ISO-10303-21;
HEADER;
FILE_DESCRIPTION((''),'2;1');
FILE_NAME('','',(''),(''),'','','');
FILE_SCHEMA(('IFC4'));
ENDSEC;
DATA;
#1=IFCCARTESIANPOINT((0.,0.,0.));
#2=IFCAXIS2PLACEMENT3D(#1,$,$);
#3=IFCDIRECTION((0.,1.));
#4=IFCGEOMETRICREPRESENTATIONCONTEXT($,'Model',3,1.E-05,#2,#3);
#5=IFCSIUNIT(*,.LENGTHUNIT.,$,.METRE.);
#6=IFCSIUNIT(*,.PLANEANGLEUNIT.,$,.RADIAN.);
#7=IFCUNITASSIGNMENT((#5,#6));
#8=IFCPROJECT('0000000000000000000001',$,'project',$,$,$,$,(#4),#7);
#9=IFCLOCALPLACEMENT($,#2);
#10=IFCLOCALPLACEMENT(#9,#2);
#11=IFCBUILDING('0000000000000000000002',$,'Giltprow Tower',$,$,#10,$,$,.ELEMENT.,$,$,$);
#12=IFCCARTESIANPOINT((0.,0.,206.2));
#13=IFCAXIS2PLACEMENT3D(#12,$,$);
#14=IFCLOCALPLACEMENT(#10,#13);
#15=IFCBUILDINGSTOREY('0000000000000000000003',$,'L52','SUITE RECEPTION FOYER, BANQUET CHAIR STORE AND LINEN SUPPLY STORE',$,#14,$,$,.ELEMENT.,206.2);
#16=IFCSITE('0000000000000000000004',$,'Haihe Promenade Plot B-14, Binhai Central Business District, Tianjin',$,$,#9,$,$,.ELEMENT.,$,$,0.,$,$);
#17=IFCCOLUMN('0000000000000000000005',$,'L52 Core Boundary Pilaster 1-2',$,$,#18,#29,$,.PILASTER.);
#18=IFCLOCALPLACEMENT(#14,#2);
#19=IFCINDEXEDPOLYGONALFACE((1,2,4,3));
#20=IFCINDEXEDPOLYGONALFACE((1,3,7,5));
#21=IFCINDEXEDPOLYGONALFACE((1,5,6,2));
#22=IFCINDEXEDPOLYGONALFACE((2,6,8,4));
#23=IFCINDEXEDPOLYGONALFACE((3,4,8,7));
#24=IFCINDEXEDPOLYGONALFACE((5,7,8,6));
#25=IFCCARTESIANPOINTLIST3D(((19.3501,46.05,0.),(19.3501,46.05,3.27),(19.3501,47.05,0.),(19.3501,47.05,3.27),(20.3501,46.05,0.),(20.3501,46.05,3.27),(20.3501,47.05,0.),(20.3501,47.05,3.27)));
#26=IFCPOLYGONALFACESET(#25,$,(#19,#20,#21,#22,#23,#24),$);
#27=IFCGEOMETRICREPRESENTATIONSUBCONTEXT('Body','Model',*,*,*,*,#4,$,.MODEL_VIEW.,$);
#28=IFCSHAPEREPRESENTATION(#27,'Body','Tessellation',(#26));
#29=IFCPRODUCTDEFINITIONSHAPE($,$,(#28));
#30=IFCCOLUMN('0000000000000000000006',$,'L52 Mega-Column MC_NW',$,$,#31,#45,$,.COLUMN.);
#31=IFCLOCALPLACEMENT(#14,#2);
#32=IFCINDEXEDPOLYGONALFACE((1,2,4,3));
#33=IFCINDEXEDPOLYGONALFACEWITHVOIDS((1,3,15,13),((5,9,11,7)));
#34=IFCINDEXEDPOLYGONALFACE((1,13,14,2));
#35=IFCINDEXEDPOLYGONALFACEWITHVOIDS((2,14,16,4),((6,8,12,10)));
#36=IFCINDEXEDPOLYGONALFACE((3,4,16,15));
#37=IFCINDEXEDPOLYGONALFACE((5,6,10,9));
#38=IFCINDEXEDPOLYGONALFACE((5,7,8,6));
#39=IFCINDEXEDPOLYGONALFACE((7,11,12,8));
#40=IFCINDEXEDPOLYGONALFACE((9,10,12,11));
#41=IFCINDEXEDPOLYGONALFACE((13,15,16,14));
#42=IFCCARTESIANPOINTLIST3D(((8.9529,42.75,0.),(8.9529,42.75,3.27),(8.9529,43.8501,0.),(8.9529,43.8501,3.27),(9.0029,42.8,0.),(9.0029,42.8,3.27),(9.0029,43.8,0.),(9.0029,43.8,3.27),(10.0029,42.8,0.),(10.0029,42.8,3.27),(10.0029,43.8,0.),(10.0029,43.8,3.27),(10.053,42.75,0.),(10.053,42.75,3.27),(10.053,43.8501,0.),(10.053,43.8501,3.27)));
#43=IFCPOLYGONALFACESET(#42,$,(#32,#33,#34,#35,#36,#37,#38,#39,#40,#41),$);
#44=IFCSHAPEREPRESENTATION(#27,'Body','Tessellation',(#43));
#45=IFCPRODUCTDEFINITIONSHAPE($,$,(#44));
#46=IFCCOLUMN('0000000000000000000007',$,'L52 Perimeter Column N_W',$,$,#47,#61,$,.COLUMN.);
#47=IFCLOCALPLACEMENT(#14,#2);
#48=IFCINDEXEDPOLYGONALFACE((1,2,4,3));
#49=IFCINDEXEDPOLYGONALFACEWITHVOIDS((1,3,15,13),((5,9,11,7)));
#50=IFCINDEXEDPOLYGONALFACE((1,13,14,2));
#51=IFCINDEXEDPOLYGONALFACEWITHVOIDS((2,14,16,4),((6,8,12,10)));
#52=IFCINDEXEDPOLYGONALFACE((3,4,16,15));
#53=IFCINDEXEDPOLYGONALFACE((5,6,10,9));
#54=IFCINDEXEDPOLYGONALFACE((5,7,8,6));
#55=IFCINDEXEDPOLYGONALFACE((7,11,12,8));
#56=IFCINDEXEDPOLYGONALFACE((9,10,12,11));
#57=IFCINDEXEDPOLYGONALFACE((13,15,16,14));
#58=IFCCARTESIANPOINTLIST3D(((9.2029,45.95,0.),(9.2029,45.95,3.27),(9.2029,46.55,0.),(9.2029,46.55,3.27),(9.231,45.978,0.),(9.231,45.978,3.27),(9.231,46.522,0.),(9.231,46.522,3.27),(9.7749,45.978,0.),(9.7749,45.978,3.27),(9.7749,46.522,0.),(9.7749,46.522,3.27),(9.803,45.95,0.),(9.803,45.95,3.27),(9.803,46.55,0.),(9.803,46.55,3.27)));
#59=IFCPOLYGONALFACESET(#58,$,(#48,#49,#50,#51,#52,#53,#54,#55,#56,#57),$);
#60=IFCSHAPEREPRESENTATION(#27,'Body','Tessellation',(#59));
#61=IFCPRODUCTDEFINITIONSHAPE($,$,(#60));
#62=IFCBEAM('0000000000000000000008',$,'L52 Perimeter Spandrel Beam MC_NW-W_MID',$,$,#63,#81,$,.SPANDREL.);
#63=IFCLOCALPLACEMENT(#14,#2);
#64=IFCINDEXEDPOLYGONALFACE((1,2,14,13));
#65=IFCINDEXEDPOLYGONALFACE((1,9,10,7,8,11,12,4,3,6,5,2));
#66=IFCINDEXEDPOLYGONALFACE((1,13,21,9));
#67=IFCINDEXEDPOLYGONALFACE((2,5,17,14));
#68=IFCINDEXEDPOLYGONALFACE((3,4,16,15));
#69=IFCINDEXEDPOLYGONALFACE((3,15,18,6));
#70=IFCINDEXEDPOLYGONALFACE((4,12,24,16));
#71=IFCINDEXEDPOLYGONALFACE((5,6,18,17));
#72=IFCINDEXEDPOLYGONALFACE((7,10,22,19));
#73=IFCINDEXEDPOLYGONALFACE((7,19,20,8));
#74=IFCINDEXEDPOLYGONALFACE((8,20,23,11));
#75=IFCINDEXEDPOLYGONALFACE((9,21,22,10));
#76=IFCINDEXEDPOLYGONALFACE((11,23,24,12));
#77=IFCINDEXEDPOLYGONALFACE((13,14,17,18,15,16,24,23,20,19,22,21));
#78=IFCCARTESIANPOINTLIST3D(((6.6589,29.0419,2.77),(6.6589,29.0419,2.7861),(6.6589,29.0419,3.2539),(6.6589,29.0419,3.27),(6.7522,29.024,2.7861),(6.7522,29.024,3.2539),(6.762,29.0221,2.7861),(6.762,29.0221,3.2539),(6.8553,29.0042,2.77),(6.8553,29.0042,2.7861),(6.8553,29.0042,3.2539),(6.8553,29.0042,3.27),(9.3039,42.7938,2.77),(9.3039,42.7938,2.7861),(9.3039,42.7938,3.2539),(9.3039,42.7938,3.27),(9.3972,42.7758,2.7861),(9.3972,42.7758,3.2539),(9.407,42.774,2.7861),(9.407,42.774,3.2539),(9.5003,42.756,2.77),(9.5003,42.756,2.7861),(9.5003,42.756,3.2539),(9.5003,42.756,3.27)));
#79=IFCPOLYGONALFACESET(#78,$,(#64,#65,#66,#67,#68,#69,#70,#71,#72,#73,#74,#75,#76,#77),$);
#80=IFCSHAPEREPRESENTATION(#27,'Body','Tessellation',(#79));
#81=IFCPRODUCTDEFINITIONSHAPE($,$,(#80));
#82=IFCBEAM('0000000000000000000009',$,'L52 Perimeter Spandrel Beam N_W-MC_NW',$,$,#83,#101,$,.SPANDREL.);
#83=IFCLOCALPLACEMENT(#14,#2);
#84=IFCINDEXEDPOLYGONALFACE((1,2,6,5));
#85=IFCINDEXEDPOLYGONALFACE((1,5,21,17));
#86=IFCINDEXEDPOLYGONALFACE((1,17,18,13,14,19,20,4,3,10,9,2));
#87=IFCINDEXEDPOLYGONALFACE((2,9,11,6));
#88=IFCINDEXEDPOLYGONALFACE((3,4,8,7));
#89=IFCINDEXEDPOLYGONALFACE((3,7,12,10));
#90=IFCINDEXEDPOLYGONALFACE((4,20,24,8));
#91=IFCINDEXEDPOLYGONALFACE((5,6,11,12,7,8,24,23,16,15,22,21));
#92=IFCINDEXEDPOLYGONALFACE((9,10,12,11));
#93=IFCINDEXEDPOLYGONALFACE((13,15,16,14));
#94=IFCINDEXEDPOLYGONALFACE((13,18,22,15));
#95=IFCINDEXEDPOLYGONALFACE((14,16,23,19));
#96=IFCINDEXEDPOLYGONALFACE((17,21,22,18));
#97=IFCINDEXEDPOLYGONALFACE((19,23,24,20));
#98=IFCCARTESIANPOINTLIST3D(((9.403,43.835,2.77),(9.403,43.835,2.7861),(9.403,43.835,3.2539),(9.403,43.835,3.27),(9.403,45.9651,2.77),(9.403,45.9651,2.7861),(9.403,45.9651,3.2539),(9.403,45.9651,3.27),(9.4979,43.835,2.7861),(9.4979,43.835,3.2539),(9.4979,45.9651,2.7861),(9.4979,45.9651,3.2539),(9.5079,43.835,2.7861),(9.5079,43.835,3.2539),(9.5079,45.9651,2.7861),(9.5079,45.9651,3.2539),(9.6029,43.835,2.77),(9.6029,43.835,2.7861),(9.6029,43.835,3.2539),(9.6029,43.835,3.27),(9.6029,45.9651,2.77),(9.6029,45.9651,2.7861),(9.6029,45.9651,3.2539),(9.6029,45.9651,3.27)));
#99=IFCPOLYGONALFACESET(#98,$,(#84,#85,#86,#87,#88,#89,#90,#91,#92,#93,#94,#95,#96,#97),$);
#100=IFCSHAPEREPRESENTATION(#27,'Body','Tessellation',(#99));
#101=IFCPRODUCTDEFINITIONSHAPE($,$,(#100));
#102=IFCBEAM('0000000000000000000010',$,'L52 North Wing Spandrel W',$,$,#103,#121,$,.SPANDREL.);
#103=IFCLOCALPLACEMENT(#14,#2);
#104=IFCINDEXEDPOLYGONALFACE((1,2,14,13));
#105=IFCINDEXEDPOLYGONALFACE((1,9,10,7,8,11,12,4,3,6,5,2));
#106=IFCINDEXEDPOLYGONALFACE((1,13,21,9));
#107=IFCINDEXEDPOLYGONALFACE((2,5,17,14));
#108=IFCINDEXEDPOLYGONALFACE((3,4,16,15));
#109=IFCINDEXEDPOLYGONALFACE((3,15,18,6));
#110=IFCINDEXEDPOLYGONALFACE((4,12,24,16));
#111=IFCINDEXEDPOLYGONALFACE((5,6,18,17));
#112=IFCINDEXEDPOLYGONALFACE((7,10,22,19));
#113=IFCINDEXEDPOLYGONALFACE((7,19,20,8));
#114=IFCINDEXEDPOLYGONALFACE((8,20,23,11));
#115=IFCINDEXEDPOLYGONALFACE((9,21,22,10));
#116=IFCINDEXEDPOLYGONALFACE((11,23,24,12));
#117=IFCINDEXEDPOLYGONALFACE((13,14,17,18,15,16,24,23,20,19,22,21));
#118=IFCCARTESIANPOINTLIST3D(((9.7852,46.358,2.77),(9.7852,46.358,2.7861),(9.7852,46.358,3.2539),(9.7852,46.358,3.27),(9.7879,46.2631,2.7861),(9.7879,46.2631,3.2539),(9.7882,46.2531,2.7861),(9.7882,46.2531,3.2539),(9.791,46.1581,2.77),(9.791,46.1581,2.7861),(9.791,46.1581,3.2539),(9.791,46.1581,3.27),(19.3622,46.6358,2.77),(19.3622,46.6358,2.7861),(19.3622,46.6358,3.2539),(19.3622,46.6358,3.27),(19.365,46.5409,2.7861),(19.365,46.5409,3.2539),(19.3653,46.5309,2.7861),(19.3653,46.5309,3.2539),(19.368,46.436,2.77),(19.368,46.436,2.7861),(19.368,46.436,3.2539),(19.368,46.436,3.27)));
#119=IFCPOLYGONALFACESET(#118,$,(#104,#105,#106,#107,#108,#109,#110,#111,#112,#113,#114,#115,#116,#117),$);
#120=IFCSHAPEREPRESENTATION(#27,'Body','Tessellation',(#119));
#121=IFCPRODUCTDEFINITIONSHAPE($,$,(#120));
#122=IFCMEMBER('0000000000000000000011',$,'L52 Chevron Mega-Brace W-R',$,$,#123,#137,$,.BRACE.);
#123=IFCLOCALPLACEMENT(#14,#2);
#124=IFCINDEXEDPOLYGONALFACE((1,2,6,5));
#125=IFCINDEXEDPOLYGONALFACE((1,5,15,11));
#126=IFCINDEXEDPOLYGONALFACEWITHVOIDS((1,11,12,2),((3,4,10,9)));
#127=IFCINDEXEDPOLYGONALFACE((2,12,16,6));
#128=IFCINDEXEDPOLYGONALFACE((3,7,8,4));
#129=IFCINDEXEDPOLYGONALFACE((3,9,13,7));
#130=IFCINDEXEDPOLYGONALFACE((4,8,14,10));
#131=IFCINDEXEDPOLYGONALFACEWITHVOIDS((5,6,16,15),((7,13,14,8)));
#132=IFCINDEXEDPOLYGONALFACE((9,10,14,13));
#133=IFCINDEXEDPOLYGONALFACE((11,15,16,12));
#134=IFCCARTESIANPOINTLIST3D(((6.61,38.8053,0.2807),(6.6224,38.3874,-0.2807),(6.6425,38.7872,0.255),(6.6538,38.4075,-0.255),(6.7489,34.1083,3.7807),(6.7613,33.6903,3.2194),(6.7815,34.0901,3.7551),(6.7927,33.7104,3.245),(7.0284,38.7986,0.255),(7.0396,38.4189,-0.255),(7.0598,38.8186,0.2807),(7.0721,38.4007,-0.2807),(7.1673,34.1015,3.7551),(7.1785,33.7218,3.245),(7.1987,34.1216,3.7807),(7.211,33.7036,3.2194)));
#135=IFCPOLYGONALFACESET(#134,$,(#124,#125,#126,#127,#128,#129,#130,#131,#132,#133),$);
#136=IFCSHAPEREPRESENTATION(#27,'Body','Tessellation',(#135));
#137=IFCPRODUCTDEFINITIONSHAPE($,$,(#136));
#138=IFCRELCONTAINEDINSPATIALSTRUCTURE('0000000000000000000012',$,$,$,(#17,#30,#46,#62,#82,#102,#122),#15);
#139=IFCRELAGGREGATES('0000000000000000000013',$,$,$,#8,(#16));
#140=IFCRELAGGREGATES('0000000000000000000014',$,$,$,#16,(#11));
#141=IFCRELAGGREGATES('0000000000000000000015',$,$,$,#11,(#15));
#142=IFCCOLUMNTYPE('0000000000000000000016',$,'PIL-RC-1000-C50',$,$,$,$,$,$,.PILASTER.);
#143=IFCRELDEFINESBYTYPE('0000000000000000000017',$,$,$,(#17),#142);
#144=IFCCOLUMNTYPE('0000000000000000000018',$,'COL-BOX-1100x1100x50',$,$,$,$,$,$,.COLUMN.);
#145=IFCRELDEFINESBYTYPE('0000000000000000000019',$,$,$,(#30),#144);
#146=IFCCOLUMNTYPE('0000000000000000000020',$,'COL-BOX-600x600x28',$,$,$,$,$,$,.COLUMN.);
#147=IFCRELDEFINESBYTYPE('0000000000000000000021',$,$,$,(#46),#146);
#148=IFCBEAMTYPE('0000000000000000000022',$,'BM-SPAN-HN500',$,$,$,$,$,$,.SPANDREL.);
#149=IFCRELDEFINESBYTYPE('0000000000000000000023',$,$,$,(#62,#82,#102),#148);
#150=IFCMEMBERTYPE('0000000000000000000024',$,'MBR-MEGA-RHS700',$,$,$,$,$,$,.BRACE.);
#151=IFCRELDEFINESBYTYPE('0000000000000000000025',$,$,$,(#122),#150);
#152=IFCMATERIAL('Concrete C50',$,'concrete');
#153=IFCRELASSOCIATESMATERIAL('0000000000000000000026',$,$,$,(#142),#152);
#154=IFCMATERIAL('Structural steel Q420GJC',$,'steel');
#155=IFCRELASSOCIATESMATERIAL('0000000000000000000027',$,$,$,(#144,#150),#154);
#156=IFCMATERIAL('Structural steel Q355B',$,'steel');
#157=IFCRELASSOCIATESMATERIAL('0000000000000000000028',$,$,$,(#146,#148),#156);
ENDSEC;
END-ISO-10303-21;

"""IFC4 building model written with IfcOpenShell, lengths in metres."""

from ifc_helpers import new_model, si_unit, direction, frame, origin, origin_2d, place, context, subcontext, project, spatial, rectangle, hollow_rectangle, i_section, extrude, source, transform, mapped, material, material_profile, profile_set, type_object, element, save


model = new_model("IFC4")

# Units and contexts
model_context = context("Model", 3, precision=1e-05, world=origin(), true_north=direction((0.0, 1.0)))
body_context = subcontext(model_context, "Body", "Model", "MODEL_VIEW")
ifc_project = project(units=[si_unit("LENGTHUNIT", "METRE"), si_unit("PLANEANGLEUNIT", "RADIAN")], contexts=[model_context])

# Site, building, storey
site_placement = place(None, origin())
site = spatial("IfcSite", under=ifc_project, at=site_placement, Name="Haihe Promenade Plot B-14, Binhai Central Business District, Tianjin", CompositionType="ELEMENT", RefElevation=0.0)
building_placement = place(site_placement, origin())
building = spatial("IfcBuilding", under=site, at=building_placement, Name="Giltprow Tower", CompositionType="ELEMENT")
storey_placement = place(building_placement, frame((0.0, 0.0, 206.2)))
storey = spatial("IfcBuildingStorey", under=building, at=storey_placement, Name="L52", Description="SUITE RECEPTION FOYER, BANQUET CHAIR STORE AND LINEN SUPPLY STORE", CompositionType="ELEMENT", Elevation=206.2)

# Columns
ifc_material_1 = material(Name="Concrete C50", Category="concrete")
ifc_material_profile_1 = material_profile(ifc_material_1, rectangle(XDim=1.0, YDim=1.0, at=origin_2d()), Name="RC 1000x1000")
ifc_profile_set_1 = profile_set([ifc_material_profile_1], Name="Concrete C50")
column_type_1 = type_object("IfcColumnType", Name="PIL-RC-1000-C50", PredefinedType="PILASTER", material=ifc_profile_set_1)
shared_shape_1 = source(origin(), body_context, "Body", "SweptSolid", [
    extrude(rectangle(XDim=1.0, YDim=1.0, at=origin_2d()), origin(), (0.0, 0.0, 1.0), 3.27),
])
column_1_placement = place(storey_placement, frame((19.8501, 46.55, 0.0), z_axis=(0.0, 0.0, 1.0), x_axis=(1.0, 0.0, 0.0)))
element("IfcColumn", 1, at=column_1_placement, inside=storey, type_object=column_type_1, Name="L52 Core Boundary Pilaster 1-2", PredefinedType="PILASTER", context=body_context, shape_type="MappedRepresentation", body=[
    mapped(shared_shape_1, transform((0.0, 0.0, 0.0), x_axis=(1.0, 0.0, 0.0), y_axis=(0.0, 1.0, 0.0), z_axis=(0.0, 0.0, 1.0), scale=1.0)),
])
ifc_material_2 = material(Name="Structural steel Q420GJC", Category="steel")
ifc_material_profile_2 = material_profile(ifc_material_2, hollow_rectangle(XDim=1.1001, YDim=1.1001, WallThickness=0.05, at=origin_2d()), Name="BOX 1100x1100x50")
ifc_profile_set_2 = profile_set([ifc_material_profile_2], Name="Structural steel Q420GJC")
column_type_2 = type_object("IfcColumnType", Name="COL-BOX-1100x1100x50", PredefinedType="COLUMN", material=ifc_profile_set_2)
shared_shape_2 = source(origin(), body_context, "Body", "SweptSolid", [
    extrude(hollow_rectangle(XDim=1.1001, YDim=1.1001, WallThickness=0.05, at=origin_2d()), origin(), (0.0, 0.0, 1.0), 3.27),
])
column_2_placement = place(storey_placement, frame((9.5029, 43.3, 0.0), z_axis=(0.0, 0.0, 1.0), x_axis=(1.0, 0.0, 0.0)))
element("IfcColumn", 2, at=column_2_placement, inside=storey, type_object=column_type_2, Name="L52 Mega-Column MC_NW", PredefinedType="COLUMN", context=body_context, shape_type="MappedRepresentation", body=[
    mapped(shared_shape_2, transform((0.0, 0.0, 0.0), x_axis=(1.0, 0.0, 0.0), y_axis=(0.0, 1.0, 0.0), z_axis=(0.0, 0.0, 1.0), scale=1.0)),
])
ifc_material_3 = material(Name="Structural steel Q355B", Category="steel")
ifc_material_profile_3 = material_profile(ifc_material_3, hollow_rectangle(XDim=0.6001, YDim=0.6001, WallThickness=0.0281, at=origin_2d()), Name="BOX 600x600x28")
ifc_profile_set_3 = profile_set([ifc_material_profile_3], Name="Structural steel Q355B")
column_type_3 = type_object("IfcColumnType", Name="COL-BOX-600x600x28", PredefinedType="COLUMN", material=ifc_profile_set_3)
shared_shape_3 = source(origin(), body_context, "Body", "SweptSolid", [
    extrude(hollow_rectangle(XDim=0.6001, YDim=0.6001, WallThickness=0.0281, at=origin_2d()), origin(), (0.0, 0.0, 1.0), 3.27),
])
column_3_placement = place(storey_placement, frame((9.5029, 46.25, 0.0), z_axis=(0.0, 0.0, 1.0), x_axis=(1.0, 0.0, 0.0)))
element("IfcColumn", 3, at=column_3_placement, inside=storey, type_object=column_type_3, Name="L52 Perimeter Column N_W", PredefinedType="COLUMN", context=body_context, shape_type="MappedRepresentation", body=[
    mapped(shared_shape_3, transform((0.0, 0.0, 0.0), x_axis=(1.0, 0.0, 0.0), y_axis=(0.0, 1.0, 0.0), z_axis=(0.0, 0.0, 1.0), scale=1.0)),
])

# Beams
ifc_material_profile_4 = material_profile(ifc_material_3, i_section(OverallWidth=0.2, OverallDepth=0.5, WebThickness=0.01, FlangeThickness=0.0161, at=origin_2d()), Name="HN 500x200x10x16")
ifc_profile_set_4 = profile_set([ifc_material_profile_4], Name="Structural steel Q355B")
beam_type = type_object("IfcBeamType", Name="BM-SPAN-HN500", PredefinedType="SPANDREL", material=ifc_profile_set_4)
shared_shape_4 = source(origin(), body_context, "Body", "SweptSolid", [
    extrude(i_section(OverallWidth=0.2, OverallDepth=0.5, WebThickness=0.01, FlangeThickness=0.0161, at=origin_2d()), origin(), (0.0, 0.0, 1.0), 14.0039),
])
beam_1_placement = place(storey_placement, frame((9.4021, 42.7749, 3.02), z_axis=(-0.188876, -0.982001, 0.0), x_axis=(0.982001, -0.188876, 0.0)))
element("IfcBeam", 4, at=beam_1_placement, inside=storey, type_object=beam_type, Name="L52 Perimeter Spandrel Beam MC_NW-W_MID", PredefinedType="SPANDREL", context=body_context, shape_type="MappedRepresentation", body=[
    mapped(shared_shape_4, transform((0.0, 0.0, 0.0), x_axis=(1.0, 0.0, 0.0), y_axis=(0.0, 1.0, 0.0), z_axis=(0.0, 0.0, 1.0), scale=1.0)),
])
shared_shape_5 = source(origin(), body_context, "Body", "SweptSolid", [
    extrude(i_section(OverallWidth=0.2, OverallDepth=0.5, WebThickness=0.01, FlangeThickness=0.0161, at=origin_2d()), origin(), (0.0, 0.0, 1.0), 2.1301),
])
beam_2_placement = place(storey_placement, frame((9.5029, 45.9651, 3.02), z_axis=(0.0, -1.0, 0.0), x_axis=(1.0, 0.0, 0.0)))
element("IfcBeam", 5, at=beam_2_placement, inside=storey, type_object=beam_type, Name="L52 Perimeter Spandrel Beam N_W-MC_NW", PredefinedType="SPANDREL", context=body_context, shape_type="MappedRepresentation", body=[
    mapped(shared_shape_5, transform((0.0, 0.0, 0.0), x_axis=(1.0, 0.0, 0.0), y_axis=(0.0, 1.0, 0.0), z_axis=(0.0, 0.0, 1.0), scale=1.0)),
])
shared_shape_6 = source(origin(), body_context, "Body", "SweptSolid", [
    extrude(i_section(OverallWidth=0.2, OverallDepth=0.5, WebThickness=0.01, FlangeThickness=0.0161, at=origin_2d()), origin(), (0.0, 0.0, 1.0), 9.5811),
])
beam_3_placement = place(storey_placement, frame((9.7881, 46.2581, 3.02), z_axis=(0.999579, 0.028998, 0.0), x_axis=(-0.028998, 0.999579, 0.0)))
element("IfcBeam", 6, at=beam_3_placement, inside=storey, type_object=beam_type, Name="L52 North Wing Spandrel W", PredefinedType="SPANDREL", context=body_context, shape_type="MappedRepresentation", body=[
    mapped(shared_shape_6, transform((0.0, 0.0, 0.0), x_axis=(1.0, 0.0, 0.0), y_axis=(0.0, 1.0, 0.0), z_axis=(0.0, 0.0, 1.0), scale=1.0)),
])

# Member
ifc_material_profile_5 = material_profile(ifc_material_2, hollow_rectangle(XDim=0.45, YDim=0.7, WallThickness=0.032, at=origin_2d()), Name="RHS 700x450x32")
ifc_profile_set_5 = profile_set([ifc_material_profile_5], Name="Structural steel Q420GJC")
member_type = type_object("IfcMemberType", Name="MBR-MEGA-RHS700", PredefinedType="BRACE", material=ifc_profile_set_5)
shared_shape_7 = source(origin(), body_context, "Body", "SweptSolid", [
    extrude(hollow_rectangle(XDim=0.45, YDim=0.7, WallThickness=0.032, at=origin_2d()), origin(), (0.0, 0.0, 1.0), 5.8594),
])
member_placement = place(storey_placement, frame((6.8411, 38.603, 0.0), z_axis=(0.023709, -0.801636, 0.597342), x_axis=(0.999563, 0.029562, 0.0)))
element("IfcMember", 7, at=member_placement, inside=storey, type_object=member_type, Name="L52 Chevron Mega-Brace W-R", PredefinedType="BRACE", context=body_context, shape_type="MappedRepresentation", body=[
    mapped(shared_shape_7, transform((0.0, 0.0, 0.0), x_axis=(1.0, 0.0, 0.0), y_axis=(0.0, 1.0, 0.0), z_axis=(0.0, 0.0, 1.0), scale=1.0)),
])

save(model, "model.ifc")
